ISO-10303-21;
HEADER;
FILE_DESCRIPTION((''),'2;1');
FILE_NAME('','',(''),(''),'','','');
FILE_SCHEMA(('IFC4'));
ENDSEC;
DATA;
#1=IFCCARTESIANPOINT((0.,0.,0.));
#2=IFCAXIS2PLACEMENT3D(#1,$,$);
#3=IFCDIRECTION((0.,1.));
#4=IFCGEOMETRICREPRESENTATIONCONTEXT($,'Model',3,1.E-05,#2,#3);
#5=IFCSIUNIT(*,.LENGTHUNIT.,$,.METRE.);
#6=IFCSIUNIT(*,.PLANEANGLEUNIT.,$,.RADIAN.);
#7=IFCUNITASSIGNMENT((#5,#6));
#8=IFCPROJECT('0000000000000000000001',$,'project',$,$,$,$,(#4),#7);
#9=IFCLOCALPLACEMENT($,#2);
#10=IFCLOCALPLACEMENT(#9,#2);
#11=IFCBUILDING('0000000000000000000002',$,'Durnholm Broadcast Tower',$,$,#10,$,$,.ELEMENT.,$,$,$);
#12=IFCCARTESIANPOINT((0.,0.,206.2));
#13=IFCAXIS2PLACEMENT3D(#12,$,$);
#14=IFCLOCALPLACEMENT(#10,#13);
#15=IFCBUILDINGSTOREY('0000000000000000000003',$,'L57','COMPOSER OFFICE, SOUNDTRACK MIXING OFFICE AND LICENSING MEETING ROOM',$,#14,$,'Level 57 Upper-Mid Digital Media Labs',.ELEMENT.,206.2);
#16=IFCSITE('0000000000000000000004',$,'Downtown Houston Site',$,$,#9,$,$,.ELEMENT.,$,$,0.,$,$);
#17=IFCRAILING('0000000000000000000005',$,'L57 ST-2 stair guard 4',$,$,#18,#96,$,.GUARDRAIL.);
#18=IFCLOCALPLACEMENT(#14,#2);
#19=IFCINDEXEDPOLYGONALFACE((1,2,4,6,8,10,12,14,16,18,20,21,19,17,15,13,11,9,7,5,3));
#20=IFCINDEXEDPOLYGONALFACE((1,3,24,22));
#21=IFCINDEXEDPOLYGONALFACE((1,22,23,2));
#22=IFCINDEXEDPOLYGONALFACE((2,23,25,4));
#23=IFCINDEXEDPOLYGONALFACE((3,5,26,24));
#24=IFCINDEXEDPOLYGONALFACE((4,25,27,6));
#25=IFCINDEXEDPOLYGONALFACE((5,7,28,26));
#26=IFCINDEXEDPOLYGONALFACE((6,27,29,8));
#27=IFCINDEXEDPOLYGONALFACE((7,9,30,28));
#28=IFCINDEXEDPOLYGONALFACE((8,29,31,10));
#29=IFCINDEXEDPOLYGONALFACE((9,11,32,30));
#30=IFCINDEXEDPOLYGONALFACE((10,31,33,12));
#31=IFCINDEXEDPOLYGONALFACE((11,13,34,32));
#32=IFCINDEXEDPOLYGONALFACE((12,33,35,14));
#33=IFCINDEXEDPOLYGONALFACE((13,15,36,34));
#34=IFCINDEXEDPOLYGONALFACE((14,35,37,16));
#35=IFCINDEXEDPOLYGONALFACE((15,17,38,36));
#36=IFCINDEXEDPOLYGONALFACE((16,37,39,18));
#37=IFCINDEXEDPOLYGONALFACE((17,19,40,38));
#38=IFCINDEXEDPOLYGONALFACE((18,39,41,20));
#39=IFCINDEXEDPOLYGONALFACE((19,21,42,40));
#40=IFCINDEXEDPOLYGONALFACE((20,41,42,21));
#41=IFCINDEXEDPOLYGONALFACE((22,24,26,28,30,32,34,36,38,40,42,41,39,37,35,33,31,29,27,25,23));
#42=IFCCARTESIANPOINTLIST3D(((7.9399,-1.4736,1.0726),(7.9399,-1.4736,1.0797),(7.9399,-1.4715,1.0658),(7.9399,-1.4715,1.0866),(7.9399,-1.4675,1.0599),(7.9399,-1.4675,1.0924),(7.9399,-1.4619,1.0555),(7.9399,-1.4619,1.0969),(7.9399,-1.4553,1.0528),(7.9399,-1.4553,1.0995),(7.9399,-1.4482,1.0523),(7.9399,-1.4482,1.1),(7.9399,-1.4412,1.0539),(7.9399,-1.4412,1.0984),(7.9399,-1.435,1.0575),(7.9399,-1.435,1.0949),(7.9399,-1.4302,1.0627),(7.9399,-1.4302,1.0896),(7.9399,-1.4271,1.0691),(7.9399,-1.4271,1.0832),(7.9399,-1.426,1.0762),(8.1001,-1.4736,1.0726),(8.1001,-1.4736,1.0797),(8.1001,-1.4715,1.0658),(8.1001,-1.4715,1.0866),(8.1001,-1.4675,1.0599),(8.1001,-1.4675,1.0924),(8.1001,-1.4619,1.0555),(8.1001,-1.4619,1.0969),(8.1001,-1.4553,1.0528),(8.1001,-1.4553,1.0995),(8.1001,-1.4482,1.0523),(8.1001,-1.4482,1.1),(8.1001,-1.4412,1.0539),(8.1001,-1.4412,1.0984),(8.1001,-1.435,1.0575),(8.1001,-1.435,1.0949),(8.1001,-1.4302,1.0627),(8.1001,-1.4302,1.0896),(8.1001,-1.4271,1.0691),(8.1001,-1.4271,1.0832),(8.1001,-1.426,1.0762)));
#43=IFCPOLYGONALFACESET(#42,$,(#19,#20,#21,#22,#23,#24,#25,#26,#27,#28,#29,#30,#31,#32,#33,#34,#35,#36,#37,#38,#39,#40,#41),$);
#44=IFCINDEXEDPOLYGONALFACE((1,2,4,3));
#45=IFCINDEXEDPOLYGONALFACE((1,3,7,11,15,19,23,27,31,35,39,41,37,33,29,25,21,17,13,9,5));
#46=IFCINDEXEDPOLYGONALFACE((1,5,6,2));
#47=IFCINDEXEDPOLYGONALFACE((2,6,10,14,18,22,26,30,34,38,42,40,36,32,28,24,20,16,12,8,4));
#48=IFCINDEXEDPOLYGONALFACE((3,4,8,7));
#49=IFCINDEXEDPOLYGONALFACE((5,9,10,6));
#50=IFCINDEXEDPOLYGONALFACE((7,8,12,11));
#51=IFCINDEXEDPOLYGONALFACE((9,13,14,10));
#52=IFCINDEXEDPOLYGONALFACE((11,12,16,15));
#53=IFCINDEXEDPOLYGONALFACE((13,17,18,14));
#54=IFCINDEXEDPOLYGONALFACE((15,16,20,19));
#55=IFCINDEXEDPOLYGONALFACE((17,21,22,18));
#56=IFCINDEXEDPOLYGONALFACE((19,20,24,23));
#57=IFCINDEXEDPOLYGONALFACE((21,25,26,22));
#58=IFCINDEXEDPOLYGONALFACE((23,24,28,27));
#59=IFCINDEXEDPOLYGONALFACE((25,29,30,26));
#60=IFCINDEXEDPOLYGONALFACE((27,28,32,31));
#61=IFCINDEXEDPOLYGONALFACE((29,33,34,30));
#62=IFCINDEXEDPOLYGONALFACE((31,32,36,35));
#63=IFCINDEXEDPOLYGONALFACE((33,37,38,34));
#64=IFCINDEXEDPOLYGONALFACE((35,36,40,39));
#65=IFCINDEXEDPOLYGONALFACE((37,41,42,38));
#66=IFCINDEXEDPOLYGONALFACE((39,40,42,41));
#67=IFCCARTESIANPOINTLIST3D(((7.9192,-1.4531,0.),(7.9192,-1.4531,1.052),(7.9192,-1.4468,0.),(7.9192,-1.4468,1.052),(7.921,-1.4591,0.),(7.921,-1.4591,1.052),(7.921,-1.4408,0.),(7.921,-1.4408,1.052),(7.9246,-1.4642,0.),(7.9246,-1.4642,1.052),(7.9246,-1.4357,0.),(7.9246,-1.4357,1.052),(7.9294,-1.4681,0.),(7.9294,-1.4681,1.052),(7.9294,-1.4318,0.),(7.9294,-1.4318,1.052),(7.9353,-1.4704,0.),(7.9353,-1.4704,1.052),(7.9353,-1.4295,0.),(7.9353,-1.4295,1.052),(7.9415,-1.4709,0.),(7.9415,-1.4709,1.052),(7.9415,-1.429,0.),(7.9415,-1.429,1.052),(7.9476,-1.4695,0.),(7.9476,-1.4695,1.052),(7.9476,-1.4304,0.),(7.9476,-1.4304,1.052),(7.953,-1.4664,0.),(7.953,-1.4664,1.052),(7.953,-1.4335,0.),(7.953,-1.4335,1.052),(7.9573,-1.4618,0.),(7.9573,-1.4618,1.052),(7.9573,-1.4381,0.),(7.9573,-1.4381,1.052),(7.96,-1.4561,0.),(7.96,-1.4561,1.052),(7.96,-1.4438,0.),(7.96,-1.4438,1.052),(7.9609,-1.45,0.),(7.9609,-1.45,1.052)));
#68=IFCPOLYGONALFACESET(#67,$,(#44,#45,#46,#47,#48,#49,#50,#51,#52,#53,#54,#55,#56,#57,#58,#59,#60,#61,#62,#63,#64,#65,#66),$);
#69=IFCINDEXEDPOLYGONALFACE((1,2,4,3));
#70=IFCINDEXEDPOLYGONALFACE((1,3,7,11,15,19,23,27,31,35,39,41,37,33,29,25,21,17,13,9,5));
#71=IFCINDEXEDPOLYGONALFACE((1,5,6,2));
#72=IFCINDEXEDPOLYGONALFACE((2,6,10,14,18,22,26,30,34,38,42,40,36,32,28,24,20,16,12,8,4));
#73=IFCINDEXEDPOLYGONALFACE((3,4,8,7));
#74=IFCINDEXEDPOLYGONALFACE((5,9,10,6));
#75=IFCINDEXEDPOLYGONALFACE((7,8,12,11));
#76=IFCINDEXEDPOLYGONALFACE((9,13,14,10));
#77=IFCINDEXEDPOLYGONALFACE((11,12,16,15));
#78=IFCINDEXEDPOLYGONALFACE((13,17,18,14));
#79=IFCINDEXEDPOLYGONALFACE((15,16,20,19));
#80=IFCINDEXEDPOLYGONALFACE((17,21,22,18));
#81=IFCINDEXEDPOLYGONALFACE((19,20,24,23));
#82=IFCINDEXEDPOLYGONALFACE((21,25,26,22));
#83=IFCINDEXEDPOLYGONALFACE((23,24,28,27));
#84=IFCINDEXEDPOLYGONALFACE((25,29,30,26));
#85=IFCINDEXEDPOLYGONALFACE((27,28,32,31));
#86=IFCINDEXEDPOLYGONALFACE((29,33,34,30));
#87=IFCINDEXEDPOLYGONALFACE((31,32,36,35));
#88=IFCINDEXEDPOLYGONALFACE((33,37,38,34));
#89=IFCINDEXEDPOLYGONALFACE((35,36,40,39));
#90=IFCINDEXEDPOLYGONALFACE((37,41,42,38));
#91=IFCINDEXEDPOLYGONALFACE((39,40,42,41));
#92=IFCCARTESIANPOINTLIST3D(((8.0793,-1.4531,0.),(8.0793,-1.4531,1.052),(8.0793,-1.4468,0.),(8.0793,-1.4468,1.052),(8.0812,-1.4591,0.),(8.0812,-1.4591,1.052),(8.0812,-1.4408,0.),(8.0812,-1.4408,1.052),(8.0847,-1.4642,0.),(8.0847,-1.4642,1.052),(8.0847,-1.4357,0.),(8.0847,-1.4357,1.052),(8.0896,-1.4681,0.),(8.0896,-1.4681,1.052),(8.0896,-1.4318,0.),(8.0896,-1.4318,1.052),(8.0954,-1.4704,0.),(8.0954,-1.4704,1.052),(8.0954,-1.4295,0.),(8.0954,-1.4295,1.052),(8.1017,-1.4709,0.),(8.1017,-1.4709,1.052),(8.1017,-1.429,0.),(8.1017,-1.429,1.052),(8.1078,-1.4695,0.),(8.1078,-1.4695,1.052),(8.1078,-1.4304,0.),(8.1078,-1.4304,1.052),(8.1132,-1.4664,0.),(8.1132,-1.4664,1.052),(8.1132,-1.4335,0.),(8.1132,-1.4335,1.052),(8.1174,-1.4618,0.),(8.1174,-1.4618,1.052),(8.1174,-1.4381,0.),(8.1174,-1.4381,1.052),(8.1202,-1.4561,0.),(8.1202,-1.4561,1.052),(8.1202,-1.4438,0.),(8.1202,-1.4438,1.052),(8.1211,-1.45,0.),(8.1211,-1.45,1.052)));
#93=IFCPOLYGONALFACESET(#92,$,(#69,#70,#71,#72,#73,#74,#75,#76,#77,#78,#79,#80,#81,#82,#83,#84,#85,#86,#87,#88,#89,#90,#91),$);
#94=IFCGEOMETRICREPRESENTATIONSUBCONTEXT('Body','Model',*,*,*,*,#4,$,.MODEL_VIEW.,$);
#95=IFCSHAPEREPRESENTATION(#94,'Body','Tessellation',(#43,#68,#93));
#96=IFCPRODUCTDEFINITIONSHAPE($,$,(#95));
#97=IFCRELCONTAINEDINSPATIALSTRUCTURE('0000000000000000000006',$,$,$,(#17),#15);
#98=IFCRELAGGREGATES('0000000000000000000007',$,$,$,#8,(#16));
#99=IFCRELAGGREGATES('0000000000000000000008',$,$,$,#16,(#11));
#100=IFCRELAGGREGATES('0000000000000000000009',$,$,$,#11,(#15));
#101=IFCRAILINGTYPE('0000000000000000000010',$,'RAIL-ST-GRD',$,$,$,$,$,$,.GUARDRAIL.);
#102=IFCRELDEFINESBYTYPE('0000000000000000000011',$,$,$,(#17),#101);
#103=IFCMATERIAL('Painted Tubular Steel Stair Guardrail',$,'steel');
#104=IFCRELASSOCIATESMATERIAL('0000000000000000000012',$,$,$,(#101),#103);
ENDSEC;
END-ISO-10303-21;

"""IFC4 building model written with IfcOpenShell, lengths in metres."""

from ifc_helpers import new_model, si_unit, direction, frame, origin, origin_2d, place, context, subcontext, project, spatial, circle, extrude, material, type_object, element, save


model = new_model("IFC4")

# Units and contexts
model_context = context("Model", 3, precision=1e-05, world=origin(), true_north=direction((0.0, 1.0)))
body_context = subcontext(model_context, "Body", "Model", "MODEL_VIEW")
ifc_project = project(units=[si_unit("LENGTHUNIT", "METRE"), si_unit("PLANEANGLEUNIT", "RADIAN")], contexts=[model_context])

# Site, building, storey
site_placement = place(None, origin())
site = spatial("IfcSite", under=ifc_project, at=site_placement, Name="Downtown Houston Site", CompositionType="ELEMENT", RefElevation=0.0)
building_placement = place(site_placement, origin())
building = spatial("IfcBuilding", under=site, at=building_placement, Name="Durnholm Broadcast Tower", CompositionType="ELEMENT")
storey_placement = place(building_placement, frame((0.0, 0.0, 206.2)))
storey = spatial("IfcBuildingStorey", under=building, at=storey_placement, Name="L57", Description="COMPOSER OFFICE, SOUNDTRACK MIXING OFFICE AND LICENSING MEETING ROOM", LongName="Level 57 Upper-Mid Digital Media Labs", CompositionType="ELEMENT", Elevation=206.2)

# Railing
ifc_material_1 = material(Name="Painted Tubular Steel Stair Guardrail", Category="steel")
railing_type_1 = type_object("IfcRailingType", Name="RAIL-ST-GRD", PredefinedType="GUARDRAIL", material=ifc_material_1)
railing_1_placement = place(storey_placement, frame((7.9399, -1.45, 0.0)))
element("IfcRailing", 1, at=railing_1_placement, inside=storey, type_object=railing_type_1, Name="L57 ST-2 stair guard 4", PredefinedType="GUARDRAIL", context=body_context, shape_type="SweptSolid", body=[
    extrude(circle(Radius=0.0239, at=origin_2d()), frame((0.0, 0.0, 1.0762), z_axis=(1.0, 0.0, 0.0), x_axis=(0.0, 1.0, 0.0)), (0.0, 0.0, 1.0), 0.1602),
    extrude(circle(Radius=0.021, at=origin_2d()), origin(), (0.0, 0.0, 1.0), 1.052),
    extrude(circle(Radius=0.021, at=origin_2d()), frame((0.1602, 0.0, 0.0)), (0.0, 0.0, 1.0), 1.052),
])

save(model, "model.ifc")
